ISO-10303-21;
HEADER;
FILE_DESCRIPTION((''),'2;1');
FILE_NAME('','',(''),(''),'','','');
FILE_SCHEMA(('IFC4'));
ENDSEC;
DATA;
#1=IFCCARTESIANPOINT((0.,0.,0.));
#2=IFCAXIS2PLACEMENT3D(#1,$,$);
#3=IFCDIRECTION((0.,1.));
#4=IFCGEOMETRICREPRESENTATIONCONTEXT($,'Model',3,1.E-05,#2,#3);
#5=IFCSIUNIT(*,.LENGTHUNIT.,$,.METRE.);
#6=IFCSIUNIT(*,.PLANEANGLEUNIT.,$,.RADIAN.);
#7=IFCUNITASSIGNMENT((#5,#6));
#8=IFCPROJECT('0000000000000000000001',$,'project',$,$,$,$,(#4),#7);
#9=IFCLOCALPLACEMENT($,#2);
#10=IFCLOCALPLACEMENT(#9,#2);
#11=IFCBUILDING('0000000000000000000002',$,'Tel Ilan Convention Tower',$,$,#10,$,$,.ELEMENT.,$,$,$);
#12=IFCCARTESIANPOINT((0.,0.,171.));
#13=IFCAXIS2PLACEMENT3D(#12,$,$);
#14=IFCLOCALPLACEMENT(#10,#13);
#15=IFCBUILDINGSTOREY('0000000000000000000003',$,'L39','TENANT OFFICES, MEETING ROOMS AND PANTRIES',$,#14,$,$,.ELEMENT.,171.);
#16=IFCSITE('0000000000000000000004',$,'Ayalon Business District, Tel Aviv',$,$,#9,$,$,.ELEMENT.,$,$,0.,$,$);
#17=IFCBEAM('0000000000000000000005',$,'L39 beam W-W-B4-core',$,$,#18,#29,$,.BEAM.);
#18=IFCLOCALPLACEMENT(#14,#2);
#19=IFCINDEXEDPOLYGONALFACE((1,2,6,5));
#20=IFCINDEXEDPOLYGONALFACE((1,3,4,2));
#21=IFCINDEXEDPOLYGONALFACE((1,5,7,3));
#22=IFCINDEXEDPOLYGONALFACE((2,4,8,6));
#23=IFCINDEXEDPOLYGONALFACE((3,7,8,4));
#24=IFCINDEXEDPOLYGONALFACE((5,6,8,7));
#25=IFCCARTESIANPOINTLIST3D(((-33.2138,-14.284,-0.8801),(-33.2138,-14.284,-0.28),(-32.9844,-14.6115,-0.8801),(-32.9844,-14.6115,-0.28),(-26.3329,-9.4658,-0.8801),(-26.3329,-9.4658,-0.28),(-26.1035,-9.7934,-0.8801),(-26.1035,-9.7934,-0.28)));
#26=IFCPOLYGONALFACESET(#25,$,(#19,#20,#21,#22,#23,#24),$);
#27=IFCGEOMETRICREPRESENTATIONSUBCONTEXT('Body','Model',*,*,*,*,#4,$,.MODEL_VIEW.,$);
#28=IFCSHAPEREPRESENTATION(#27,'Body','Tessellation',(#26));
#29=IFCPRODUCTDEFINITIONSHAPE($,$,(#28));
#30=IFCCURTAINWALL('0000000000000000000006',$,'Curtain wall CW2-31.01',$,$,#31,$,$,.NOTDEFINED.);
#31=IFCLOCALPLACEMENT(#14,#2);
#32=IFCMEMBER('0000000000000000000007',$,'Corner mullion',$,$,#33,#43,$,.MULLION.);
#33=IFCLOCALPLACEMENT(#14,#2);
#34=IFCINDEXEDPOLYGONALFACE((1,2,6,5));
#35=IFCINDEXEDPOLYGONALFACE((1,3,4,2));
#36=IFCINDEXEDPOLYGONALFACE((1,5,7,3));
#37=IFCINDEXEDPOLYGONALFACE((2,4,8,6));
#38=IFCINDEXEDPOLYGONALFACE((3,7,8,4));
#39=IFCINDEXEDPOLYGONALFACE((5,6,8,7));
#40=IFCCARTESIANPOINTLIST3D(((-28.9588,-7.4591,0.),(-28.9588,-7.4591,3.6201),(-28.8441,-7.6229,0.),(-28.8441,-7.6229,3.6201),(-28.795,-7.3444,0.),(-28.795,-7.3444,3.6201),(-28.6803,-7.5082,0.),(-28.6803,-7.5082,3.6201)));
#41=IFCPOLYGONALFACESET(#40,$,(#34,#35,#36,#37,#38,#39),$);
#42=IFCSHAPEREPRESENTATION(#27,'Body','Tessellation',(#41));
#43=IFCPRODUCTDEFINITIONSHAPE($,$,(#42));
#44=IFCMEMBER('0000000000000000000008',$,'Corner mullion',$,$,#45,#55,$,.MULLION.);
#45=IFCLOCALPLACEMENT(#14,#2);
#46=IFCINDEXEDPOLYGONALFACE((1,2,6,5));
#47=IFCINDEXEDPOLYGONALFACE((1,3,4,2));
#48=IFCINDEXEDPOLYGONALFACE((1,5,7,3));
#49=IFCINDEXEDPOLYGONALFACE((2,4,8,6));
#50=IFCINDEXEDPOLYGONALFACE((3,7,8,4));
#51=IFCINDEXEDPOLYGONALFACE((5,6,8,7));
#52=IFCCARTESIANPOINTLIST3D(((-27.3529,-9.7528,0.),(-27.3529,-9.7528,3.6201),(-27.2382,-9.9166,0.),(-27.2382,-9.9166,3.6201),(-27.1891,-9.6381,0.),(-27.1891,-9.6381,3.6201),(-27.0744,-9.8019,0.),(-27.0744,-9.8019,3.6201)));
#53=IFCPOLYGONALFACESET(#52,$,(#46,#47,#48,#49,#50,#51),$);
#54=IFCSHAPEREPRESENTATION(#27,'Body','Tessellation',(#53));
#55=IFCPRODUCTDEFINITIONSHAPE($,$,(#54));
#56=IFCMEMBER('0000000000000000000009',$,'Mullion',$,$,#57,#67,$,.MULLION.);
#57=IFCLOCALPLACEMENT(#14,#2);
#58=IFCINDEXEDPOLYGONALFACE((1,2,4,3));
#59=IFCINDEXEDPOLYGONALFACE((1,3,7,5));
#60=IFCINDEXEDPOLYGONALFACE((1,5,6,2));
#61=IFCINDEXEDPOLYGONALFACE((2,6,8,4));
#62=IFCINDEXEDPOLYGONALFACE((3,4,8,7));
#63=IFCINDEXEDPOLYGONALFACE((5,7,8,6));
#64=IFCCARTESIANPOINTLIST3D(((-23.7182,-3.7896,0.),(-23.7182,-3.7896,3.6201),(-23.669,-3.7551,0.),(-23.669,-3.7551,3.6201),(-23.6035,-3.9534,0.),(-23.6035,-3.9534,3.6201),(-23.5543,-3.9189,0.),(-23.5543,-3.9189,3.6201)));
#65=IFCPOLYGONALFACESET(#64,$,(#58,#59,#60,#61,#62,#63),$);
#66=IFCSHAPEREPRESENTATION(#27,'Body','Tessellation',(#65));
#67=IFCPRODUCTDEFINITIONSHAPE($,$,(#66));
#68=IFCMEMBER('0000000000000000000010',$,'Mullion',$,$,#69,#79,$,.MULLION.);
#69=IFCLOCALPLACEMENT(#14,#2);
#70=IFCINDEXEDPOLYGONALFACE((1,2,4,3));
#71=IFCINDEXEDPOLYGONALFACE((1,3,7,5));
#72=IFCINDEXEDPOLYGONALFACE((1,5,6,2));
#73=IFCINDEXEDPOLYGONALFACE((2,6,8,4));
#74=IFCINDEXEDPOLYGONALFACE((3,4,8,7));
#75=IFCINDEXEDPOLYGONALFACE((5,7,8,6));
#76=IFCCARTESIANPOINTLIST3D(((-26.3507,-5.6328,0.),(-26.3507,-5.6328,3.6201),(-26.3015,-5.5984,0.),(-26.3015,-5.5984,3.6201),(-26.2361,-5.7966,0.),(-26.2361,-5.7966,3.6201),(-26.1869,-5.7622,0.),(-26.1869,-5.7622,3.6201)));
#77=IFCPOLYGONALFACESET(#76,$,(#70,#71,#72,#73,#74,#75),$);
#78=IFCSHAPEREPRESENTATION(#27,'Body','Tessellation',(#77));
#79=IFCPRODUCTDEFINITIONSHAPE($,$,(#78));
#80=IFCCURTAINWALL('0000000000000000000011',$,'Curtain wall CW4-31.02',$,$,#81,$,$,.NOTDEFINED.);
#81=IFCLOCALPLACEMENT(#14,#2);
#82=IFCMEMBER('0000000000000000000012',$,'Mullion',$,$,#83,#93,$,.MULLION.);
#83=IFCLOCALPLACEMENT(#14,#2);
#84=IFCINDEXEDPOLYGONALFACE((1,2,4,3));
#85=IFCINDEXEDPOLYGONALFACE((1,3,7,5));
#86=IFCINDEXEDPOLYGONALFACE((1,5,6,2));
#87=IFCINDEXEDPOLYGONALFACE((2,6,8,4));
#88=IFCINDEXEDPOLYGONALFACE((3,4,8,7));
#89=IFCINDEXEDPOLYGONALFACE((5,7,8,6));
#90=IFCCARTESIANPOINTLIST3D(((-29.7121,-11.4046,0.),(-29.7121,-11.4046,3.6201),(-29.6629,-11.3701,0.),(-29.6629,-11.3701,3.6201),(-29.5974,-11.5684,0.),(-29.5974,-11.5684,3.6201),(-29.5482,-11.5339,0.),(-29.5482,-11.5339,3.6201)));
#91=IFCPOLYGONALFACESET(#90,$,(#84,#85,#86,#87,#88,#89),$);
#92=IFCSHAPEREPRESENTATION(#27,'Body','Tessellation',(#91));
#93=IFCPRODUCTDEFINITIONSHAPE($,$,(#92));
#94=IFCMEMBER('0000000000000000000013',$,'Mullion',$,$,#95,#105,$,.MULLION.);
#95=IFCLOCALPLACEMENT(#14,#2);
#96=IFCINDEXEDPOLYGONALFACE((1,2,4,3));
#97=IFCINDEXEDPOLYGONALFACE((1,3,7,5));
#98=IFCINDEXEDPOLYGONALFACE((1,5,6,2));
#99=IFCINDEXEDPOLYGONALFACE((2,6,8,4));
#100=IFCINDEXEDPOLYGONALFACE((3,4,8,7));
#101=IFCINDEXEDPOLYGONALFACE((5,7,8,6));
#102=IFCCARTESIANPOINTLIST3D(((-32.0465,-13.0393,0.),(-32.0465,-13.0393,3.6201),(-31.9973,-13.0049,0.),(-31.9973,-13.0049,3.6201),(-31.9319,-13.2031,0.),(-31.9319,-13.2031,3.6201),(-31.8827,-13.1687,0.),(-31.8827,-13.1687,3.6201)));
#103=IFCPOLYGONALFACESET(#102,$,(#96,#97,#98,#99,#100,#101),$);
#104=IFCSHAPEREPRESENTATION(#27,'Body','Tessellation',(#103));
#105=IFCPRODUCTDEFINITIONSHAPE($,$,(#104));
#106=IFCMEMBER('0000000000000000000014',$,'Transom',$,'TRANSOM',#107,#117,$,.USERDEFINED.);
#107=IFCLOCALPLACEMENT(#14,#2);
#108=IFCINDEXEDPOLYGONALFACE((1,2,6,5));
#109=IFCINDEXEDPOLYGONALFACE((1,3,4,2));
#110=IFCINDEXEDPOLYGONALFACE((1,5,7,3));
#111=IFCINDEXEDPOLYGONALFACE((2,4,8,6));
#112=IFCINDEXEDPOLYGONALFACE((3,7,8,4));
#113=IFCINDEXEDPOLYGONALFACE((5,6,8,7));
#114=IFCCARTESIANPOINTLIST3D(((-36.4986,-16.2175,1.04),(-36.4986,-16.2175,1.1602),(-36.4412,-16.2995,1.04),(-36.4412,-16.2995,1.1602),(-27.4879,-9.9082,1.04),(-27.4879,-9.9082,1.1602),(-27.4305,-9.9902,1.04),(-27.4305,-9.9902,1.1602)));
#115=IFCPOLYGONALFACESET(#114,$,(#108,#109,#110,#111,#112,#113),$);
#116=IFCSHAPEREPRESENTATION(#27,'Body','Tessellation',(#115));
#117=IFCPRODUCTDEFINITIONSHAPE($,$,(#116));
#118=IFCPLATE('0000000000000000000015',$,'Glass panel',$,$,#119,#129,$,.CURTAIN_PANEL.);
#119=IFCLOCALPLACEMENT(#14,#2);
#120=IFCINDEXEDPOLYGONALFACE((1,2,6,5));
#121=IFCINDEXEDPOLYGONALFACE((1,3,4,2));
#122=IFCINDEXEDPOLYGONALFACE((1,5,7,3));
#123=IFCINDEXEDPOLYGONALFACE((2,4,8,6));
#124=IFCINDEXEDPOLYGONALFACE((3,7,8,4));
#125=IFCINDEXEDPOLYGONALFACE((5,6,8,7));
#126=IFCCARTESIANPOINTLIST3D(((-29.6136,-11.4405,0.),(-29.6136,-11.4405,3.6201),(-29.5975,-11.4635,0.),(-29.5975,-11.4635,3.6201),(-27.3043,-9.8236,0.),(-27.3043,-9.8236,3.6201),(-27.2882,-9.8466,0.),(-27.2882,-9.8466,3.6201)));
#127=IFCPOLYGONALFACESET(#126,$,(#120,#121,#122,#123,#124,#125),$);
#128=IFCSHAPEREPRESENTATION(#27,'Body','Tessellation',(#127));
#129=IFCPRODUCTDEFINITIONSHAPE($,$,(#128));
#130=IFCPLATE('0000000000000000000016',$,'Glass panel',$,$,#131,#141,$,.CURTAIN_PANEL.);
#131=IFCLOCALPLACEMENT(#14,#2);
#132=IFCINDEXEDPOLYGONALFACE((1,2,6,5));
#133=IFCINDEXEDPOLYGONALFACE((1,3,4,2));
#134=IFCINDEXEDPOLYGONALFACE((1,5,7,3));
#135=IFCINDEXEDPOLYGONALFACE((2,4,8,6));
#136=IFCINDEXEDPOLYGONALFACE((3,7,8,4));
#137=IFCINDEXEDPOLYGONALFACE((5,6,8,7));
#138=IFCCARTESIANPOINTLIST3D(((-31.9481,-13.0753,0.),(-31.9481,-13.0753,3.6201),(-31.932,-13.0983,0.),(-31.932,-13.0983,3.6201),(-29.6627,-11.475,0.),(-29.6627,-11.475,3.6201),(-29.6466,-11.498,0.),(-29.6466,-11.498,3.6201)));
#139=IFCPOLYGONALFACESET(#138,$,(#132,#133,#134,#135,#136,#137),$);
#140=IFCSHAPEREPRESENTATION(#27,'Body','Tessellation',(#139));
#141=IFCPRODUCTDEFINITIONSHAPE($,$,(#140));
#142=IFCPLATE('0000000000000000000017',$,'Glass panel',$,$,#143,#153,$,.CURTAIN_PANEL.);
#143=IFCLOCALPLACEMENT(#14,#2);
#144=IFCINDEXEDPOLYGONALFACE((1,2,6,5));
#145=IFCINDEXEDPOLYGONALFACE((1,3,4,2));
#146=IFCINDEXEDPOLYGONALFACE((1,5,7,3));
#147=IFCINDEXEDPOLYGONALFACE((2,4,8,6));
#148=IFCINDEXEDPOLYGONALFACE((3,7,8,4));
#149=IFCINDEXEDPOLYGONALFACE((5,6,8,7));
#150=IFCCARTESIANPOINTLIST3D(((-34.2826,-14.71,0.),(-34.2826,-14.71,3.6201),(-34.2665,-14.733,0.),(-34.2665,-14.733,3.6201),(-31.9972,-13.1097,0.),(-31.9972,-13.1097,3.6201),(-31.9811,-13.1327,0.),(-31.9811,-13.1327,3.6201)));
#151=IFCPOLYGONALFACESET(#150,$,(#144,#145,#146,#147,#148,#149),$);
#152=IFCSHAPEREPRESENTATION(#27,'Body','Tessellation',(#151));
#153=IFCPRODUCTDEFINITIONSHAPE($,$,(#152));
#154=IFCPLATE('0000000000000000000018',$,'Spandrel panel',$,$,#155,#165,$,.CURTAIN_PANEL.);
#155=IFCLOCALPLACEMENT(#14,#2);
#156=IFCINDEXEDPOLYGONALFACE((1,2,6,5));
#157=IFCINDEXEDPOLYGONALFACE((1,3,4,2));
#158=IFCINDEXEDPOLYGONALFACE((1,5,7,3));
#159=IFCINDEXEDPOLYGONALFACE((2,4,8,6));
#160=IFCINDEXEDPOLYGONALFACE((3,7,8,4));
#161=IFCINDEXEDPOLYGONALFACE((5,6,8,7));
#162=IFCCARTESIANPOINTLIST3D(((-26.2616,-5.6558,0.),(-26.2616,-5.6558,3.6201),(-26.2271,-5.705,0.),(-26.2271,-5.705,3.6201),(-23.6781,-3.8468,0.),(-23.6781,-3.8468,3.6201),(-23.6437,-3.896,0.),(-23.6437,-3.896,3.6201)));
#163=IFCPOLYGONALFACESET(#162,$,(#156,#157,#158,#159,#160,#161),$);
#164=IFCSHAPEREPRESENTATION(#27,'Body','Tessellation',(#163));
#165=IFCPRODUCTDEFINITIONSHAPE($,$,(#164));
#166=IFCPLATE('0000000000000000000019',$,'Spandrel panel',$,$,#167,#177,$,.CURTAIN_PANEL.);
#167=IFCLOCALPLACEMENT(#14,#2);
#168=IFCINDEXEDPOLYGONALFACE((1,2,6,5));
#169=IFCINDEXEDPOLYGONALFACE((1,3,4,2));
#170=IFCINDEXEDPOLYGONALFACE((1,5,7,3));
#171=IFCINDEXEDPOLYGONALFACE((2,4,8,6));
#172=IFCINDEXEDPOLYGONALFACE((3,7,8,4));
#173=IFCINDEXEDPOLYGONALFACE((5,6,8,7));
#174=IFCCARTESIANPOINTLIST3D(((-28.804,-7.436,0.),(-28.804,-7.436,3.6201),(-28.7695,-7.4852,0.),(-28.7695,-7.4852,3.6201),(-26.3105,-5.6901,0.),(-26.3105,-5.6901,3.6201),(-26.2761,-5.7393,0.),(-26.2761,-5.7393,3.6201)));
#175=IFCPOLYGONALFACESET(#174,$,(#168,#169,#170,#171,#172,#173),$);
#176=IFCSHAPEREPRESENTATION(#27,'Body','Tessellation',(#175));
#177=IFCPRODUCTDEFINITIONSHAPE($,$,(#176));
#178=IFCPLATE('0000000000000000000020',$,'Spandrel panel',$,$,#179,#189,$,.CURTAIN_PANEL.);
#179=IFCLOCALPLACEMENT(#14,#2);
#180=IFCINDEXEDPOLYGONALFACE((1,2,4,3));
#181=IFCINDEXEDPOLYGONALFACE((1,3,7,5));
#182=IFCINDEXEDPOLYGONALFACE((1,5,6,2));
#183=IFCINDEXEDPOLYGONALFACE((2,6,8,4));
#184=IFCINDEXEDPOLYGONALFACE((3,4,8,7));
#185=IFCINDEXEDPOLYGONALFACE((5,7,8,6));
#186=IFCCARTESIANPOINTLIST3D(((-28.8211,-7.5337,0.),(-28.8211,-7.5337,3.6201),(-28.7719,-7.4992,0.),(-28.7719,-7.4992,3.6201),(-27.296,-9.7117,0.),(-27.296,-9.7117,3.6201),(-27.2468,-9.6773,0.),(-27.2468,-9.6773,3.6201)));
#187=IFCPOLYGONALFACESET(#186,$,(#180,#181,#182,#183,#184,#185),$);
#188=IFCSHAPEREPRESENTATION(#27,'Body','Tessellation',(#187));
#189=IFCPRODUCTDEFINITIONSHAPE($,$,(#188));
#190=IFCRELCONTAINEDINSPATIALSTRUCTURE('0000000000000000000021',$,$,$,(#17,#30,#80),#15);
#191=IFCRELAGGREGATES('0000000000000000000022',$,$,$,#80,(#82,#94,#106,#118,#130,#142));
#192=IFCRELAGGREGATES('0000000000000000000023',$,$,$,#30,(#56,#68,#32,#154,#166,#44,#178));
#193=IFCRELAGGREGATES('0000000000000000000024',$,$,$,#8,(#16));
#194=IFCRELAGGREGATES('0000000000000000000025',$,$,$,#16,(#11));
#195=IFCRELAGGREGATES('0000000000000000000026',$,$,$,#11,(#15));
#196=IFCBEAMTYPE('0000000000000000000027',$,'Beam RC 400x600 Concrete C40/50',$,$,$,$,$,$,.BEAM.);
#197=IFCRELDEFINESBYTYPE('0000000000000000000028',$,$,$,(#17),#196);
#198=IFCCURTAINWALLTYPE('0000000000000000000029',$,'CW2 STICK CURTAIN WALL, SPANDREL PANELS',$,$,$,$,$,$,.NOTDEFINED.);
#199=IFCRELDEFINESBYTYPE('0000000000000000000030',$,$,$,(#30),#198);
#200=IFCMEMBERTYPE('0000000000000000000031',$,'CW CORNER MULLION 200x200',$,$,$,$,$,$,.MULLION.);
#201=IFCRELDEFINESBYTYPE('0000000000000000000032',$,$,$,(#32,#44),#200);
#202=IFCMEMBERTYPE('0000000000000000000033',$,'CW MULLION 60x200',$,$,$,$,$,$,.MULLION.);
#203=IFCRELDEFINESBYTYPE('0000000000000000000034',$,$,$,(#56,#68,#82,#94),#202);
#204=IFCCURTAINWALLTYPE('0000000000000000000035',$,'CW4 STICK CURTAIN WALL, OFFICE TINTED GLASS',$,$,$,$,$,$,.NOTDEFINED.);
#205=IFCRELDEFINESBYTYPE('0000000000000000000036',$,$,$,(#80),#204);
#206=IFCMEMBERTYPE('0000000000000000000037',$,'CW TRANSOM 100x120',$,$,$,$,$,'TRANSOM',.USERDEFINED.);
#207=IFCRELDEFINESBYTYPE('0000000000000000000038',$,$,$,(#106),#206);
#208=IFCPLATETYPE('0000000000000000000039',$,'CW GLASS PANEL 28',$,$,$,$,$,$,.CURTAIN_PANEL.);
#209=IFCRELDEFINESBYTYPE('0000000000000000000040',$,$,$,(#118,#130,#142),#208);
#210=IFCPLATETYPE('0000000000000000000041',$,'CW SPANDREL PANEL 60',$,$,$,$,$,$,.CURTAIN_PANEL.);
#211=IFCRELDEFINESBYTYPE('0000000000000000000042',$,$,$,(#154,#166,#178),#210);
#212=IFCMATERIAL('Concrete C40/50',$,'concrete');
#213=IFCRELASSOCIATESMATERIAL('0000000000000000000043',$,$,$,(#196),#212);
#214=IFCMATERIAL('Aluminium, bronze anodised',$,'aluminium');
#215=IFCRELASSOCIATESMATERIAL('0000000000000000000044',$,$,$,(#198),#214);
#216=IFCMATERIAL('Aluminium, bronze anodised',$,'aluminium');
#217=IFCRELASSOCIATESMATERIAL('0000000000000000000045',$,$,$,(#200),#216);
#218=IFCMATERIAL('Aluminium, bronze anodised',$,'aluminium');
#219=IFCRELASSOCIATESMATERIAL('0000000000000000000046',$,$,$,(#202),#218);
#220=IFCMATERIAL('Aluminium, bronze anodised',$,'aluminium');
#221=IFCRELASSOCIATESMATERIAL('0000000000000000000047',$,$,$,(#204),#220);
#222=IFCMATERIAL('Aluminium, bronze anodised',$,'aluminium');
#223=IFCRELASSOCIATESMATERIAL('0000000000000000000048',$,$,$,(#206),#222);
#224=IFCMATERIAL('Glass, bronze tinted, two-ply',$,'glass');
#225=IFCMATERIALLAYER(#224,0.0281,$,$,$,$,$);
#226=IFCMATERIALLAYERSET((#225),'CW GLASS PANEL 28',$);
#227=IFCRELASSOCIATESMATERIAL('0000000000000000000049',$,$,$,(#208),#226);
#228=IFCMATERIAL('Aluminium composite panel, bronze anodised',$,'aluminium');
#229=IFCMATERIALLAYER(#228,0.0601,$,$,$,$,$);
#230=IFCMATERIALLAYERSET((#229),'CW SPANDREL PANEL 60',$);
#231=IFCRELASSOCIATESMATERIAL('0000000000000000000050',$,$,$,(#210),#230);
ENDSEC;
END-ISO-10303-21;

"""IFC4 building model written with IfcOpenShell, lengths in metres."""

from ifc_helpers import new_model, si_unit, direction, frame, origin, origin_2d, place, context, subcontext, project, spatial, rectangle, extrude, material, layer, layer_set, material_profile, profile_set, type_object, element, aggregate, save


model = new_model("IFC4")

# Units and contexts
model_context = context("Model", 3, precision=1e-05, world=origin(), true_north=direction((0.0, 1.0)))
body_context = subcontext(model_context, "Body", "Model", "MODEL_VIEW")
ifc_project = project(units=[si_unit("LENGTHUNIT", "METRE"), si_unit("PLANEANGLEUNIT", "RADIAN")], contexts=[model_context])

# Site, building, storey
site_placement = place(None, origin())
site = spatial("IfcSite", under=ifc_project, at=site_placement, Name="Ayalon Business District, Tel Aviv", CompositionType="ELEMENT", RefElevation=0.0)
building_placement = place(site_placement, origin())
building = spatial("IfcBuilding", under=site, at=building_placement, Name="Tel Ilan Convention Tower", CompositionType="ELEMENT")
storey_placement = place(building_placement, frame((0.0, 0.0, 171.0)))
storey = spatial("IfcBuildingStorey", under=building, at=storey_placement, Name="L39", Description="TENANT OFFICES, MEETING ROOMS AND PANTRIES", CompositionType="ELEMENT", Elevation=171.0)

# Beam
ifc_material_1 = material(Name="Concrete C40/50", Category="concrete")
ifc_material_profile_1 = material_profile(ifc_material_1, rectangle(XDim=0.3999, YDim=0.6001, at=origin_2d()), Name="RC 400x600")
ifc_profile_set_1 = profile_set([ifc_material_profile_1], Name="Concrete C40/50")
beam_type = type_object("IfcBeamType", Name="Beam RC 400x600 Concrete C40/50", PredefinedType="BEAM", material=ifc_profile_set_1)
beam_placement = place(storey_placement, frame((-33.0991, -14.4478, -0.5801), z_axis=(0.819147, 0.573583, 0.0), x_axis=(-0.573583, 0.819147, 0.0)))
element("IfcBeam", 1, at=beam_placement, inside=storey, type_object=beam_type, Name="L39 beam W-W-B4-core", PredefinedType="BEAM", context=body_context, shape_type="SweptSolid", body=[
    extrude(rectangle(XDim=0.3999, YDim=0.6001, at=origin_2d()), origin(), (0.0, 0.0, 1.0), 8.4001),
])

# Curtain wall, members
ifc_material_2 = material(Name="Aluminium, bronze anodised", Category="aluminium")
curtain_wall_type_1 = type_object("IfcCurtainWallType", Name="CW2 STICK CURTAIN WALL, SPANDREL PANELS", PredefinedType="NOTDEFINED", material=ifc_material_2)
curtain_wall_1_placement = place(storey_placement, origin())
curtain_wall_1 = element("IfcCurtainWall", 2, at=curtain_wall_1_placement, inside=storey, type_object=curtain_wall_type_1, Name="Curtain wall CW2-31.01", PredefinedType="NOTDEFINED")
ifc_material_3 = material(Name="Aluminium, bronze anodised", Category="aluminium")
ifc_material_profile_2 = material_profile(ifc_material_3, rectangle(XDim=0.2, YDim=0.2, at=origin_2d()), Name="CW CORNER MULLION 200x200")
ifc_profile_set_2 = profile_set([ifc_material_profile_2], Name="Aluminium, bronze anodised")
member_type_1 = type_object("IfcMemberType", Name="CW CORNER MULLION 200x200", PredefinedType="MULLION", material=ifc_profile_set_2)
member_1_placement = place(storey_placement, frame((-28.8196, -7.4836, 0.0), z_axis=(0.0, 0.0, 1.0), x_axis=(-0.819152, -0.573576, 0.0)))
member_1 = element("IfcMember", 3, at=member_1_placement, type_object=member_type_1, Name="Corner mullion", PredefinedType="MULLION", context=body_context, shape_type="SweptSolid", body=[
    extrude(rectangle(XDim=0.2, YDim=0.2, at=origin_2d()), origin(), (0.0, 0.0, 1.0), 3.6201),
])
member_2_placement = place(storey_placement, frame((-27.2136, -9.7773, 0.0), z_axis=(0.0, 0.0, 1.0), x_axis=(0.573576, -0.819152, 0.0)))
member_2 = element("IfcMember", 4, at=member_2_placement, type_object=member_type_1, Name="Corner mullion", PredefinedType="MULLION", context=body_context, shape_type="SweptSolid", body=[
    extrude(rectangle(XDim=0.2, YDim=0.2, at=origin_2d()), origin(), (0.0, 0.0, 1.0), 3.6201),
])
ifc_material_4 = material(Name="Aluminium, bronze anodised", Category="aluminium")
ifc_material_profile_3 = material_profile(ifc_material_4, rectangle(XDim=0.0601, YDim=0.2, at=origin_2d()), Name="CW MULLION 60x200")
ifc_profile_set_3 = profile_set([ifc_material_profile_3], Name="Aluminium, bronze anodised")
member_type_2 = type_object("IfcMemberType", Name="CW MULLION 60x200", PredefinedType="MULLION", material=ifc_profile_set_3)
member_3_placement = place(storey_placement, frame((-23.6362, -3.8542, 0.0), z_axis=(0.0, 0.0, 1.0), x_axis=(-0.819152, -0.573576, 0.0)))
member_3 = element("IfcMember", 5, at=member_3_placement, type_object=member_type_2, Name="Mullion", PredefinedType="MULLION", context=body_context, shape_type="SweptSolid", body=[
    extrude(rectangle(XDim=0.0601, YDim=0.2, at=origin_2d()), origin(), (0.0, 0.0, 1.0), 3.6201),
])
member_4_placement = place(storey_placement, frame((-26.2688, -5.6975, 0.0), z_axis=(0.0, 0.0, 1.0), x_axis=(-0.819152, -0.573576, 0.0)))
member_4 = element("IfcMember", 6, at=member_4_placement, type_object=member_type_2, Name="Mullion", PredefinedType="MULLION", context=body_context, shape_type="SweptSolid", body=[
    extrude(rectangle(XDim=0.0601, YDim=0.2, at=origin_2d()), origin(), (0.0, 0.0, 1.0), 3.6201),
])

# Curtain wall, members, plates
ifc_material_5 = material(Name="Aluminium, bronze anodised", Category="aluminium")
curtain_wall_type_2 = type_object("IfcCurtainWallType", Name="CW4 STICK CURTAIN WALL, OFFICE TINTED GLASS", PredefinedType="NOTDEFINED", material=ifc_material_5)
curtain_wall_2_placement = place(storey_placement, origin())
curtain_wall_2 = element("IfcCurtainWall", 7, at=curtain_wall_2_placement, inside=storey, type_object=curtain_wall_type_2, Name="Curtain wall CW4-31.02", PredefinedType="NOTDEFINED")
member_5_placement = place(storey_placement, frame((-29.6301, -11.4692, 0.0), z_axis=(0.0, 0.0, 1.0), x_axis=(-0.819152, -0.573576, 0.0)))
member_5 = element("IfcMember", 8, at=member_5_placement, type_object=member_type_2, Name="Mullion", PredefinedType="MULLION", context=body_context, shape_type="SweptSolid", body=[
    extrude(rectangle(XDim=0.0601, YDim=0.2, at=origin_2d()), origin(), (0.0, 0.0, 1.0), 3.6201),
])
member_6_placement = place(storey_placement, frame((-31.9646, -13.104, 0.0), z_axis=(0.0, 0.0, 1.0), x_axis=(-0.819152, -0.573576, 0.0)))
member_6 = element("IfcMember", 9, at=member_6_placement, type_object=member_type_2, Name="Mullion", PredefinedType="MULLION", context=body_context, shape_type="SweptSolid", body=[
    extrude(rectangle(XDim=0.0601, YDim=0.2, at=origin_2d()), origin(), (0.0, 0.0, 1.0), 3.6201),
])
ifc_material_6 = material(Name="Aluminium, bronze anodised", Category="aluminium")
ifc_material_profile_4 = material_profile(ifc_material_6, rectangle(XDim=0.1001, YDim=0.1201, at=origin_2d()), Name="CW TRANSOM 100x120")
ifc_profile_set_4 = profile_set([ifc_material_profile_4], Name="Aluminium, bronze anodised")
member_type_3 = type_object("IfcMemberType", Name="CW TRANSOM 100x120", ElementType="TRANSOM", PredefinedType="USERDEFINED", material=ifc_profile_set_4)
member_7_placement = place(storey_placement, frame((-27.4592, -9.9492, 1.1001), z_axis=(-0.819155, -0.573573, 0.0), x_axis=(0.573573, -0.819155, 0.0)))
member_7 = element("IfcMember", 10, at=member_7_placement, type_object=member_type_3, Name="Transom", ObjectType="TRANSOM", PredefinedType="USERDEFINED", context=body_context, shape_type="SweptSolid", body=[
    extrude(rectangle(XDim=0.1001, YDim=0.1201, at=origin_2d()), origin(), (0.0, 0.0, 1.0), 11.0),
])
ifc_material_7 = material(Name="Glass, bronze tinted, two-ply", Category="glass")
ifc_layer_1 = layer(ifc_material_7, 0.0281)
ifc_layer_set_1 = layer_set([ifc_layer_1], Name="CW GLASS PANEL 28")
plate_type_1 = type_object("IfcPlateType", Name="CW GLASS PANEL 28", PredefinedType="CURTAIN_PANEL", material=ifc_layer_set_1)
plate_1_placement = place(storey_placement, frame((-28.4509, -10.6436, 0.0), z_axis=(0.0, 0.0, 1.0), x_axis=(-0.819152, -0.573576, 0.0)))
plate_1 = element("IfcPlate", 11, at=plate_1_placement, type_object=plate_type_1, Name="Glass panel", PredefinedType="CURTAIN_PANEL", context=body_context, shape_type="SweptSolid", body=[
    extrude(rectangle(XDim=2.8191, YDim=0.0281, at=origin_2d()), origin(), (0.0, 0.0, 1.0), 3.6201),
])
plate_2_placement = place(storey_placement, frame((-30.7974, -12.2866, 0.0), z_axis=(0.0, 0.0, 1.0), x_axis=(-0.819152, -0.573576, 0.0)))
plate_2 = element("IfcPlate", 12, at=plate_2_placement, type_object=plate_type_1, Name="Glass panel", PredefinedType="CURTAIN_PANEL", context=body_context, shape_type="SweptSolid", body=[
    extrude(rectangle(XDim=2.79, YDim=0.0281, at=origin_2d()), origin(), (0.0, 0.0, 1.0), 3.6201),
])
plate_3_placement = place(storey_placement, frame((-33.1318, -13.9214, 0.0), z_axis=(0.0, 0.0, 1.0), x_axis=(-0.819152, -0.573576, 0.0)))
plate_3 = element("IfcPlate", 13, at=plate_3_placement, type_object=plate_type_1, Name="Glass panel", PredefinedType="CURTAIN_PANEL", context=body_context, shape_type="SweptSolid", body=[
    extrude(rectangle(XDim=2.79, YDim=0.0281, at=origin_2d()), origin(), (0.0, 0.0, 1.0), 3.6201),
])
aggregate(curtain_wall_2, [member_5, member_6, member_7, plate_1, plate_2, plate_3])

# Plates
ifc_material_8 = material(Name="Aluminium composite panel, bronze anodised", Category="aluminium")
ifc_layer_2 = layer(ifc_material_8, 0.0601)
ifc_layer_set_2 = layer_set([ifc_layer_2], Name="CW SPANDREL PANEL 60")
plate_type_2 = type_object("IfcPlateType", Name="CW SPANDREL PANEL 60", PredefinedType="CURTAIN_PANEL", material=ifc_layer_set_2)
plate_4_placement = place(storey_placement, frame((-24.9526, -4.7759, 0.0), z_axis=(0.0, 0.0, 1.0), x_axis=(-0.819152, -0.573576, 0.0)))
plate_4 = element("IfcPlate", 14, at=plate_4_placement, type_object=plate_type_2, Name="Spandrel panel", PredefinedType="CURTAIN_PANEL", context=body_context, shape_type="SweptSolid", body=[
    extrude(rectangle(XDim=3.1538, YDim=0.0601, at=origin_2d()), origin(), (0.0, 0.0, 1.0), 3.6201),
])
plate_5_placement = place(storey_placement, frame((-27.54, -6.5876, 0.0), z_axis=(0.0, 0.0, 1.0), x_axis=(-0.819152, -0.573576, 0.0)))
plate_5 = element("IfcPlate", 15, at=plate_5_placement, type_object=plate_type_2, Name="Spandrel panel", PredefinedType="CURTAIN_PANEL", context=body_context, shape_type="SweptSolid", body=[
    extrude(rectangle(XDim=3.0439, YDim=0.0601, at=origin_2d()), origin(), (0.0, 0.0, 1.0), 3.6201),
])
plate_6_placement = place(storey_placement, frame((-28.0339, -8.6055, 0.0), z_axis=(0.0, 0.0, 1.0), x_axis=(0.573576, -0.819152, 0.0)))
plate_6 = element("IfcPlate", 16, at=plate_6_placement, type_object=plate_type_2, Name="Spandrel panel", PredefinedType="CURTAIN_PANEL", context=body_context, shape_type="SweptSolid", body=[
    extrude(rectangle(XDim=2.6589, YDim=0.0601, at=origin_2d()), origin(), (0.0, 0.0, 1.0), 3.6201),
])
aggregate(curtain_wall_1, [member_3, member_4, member_1, plate_4, plate_5, member_2, plate_6])

save(model, "model.ifc")
